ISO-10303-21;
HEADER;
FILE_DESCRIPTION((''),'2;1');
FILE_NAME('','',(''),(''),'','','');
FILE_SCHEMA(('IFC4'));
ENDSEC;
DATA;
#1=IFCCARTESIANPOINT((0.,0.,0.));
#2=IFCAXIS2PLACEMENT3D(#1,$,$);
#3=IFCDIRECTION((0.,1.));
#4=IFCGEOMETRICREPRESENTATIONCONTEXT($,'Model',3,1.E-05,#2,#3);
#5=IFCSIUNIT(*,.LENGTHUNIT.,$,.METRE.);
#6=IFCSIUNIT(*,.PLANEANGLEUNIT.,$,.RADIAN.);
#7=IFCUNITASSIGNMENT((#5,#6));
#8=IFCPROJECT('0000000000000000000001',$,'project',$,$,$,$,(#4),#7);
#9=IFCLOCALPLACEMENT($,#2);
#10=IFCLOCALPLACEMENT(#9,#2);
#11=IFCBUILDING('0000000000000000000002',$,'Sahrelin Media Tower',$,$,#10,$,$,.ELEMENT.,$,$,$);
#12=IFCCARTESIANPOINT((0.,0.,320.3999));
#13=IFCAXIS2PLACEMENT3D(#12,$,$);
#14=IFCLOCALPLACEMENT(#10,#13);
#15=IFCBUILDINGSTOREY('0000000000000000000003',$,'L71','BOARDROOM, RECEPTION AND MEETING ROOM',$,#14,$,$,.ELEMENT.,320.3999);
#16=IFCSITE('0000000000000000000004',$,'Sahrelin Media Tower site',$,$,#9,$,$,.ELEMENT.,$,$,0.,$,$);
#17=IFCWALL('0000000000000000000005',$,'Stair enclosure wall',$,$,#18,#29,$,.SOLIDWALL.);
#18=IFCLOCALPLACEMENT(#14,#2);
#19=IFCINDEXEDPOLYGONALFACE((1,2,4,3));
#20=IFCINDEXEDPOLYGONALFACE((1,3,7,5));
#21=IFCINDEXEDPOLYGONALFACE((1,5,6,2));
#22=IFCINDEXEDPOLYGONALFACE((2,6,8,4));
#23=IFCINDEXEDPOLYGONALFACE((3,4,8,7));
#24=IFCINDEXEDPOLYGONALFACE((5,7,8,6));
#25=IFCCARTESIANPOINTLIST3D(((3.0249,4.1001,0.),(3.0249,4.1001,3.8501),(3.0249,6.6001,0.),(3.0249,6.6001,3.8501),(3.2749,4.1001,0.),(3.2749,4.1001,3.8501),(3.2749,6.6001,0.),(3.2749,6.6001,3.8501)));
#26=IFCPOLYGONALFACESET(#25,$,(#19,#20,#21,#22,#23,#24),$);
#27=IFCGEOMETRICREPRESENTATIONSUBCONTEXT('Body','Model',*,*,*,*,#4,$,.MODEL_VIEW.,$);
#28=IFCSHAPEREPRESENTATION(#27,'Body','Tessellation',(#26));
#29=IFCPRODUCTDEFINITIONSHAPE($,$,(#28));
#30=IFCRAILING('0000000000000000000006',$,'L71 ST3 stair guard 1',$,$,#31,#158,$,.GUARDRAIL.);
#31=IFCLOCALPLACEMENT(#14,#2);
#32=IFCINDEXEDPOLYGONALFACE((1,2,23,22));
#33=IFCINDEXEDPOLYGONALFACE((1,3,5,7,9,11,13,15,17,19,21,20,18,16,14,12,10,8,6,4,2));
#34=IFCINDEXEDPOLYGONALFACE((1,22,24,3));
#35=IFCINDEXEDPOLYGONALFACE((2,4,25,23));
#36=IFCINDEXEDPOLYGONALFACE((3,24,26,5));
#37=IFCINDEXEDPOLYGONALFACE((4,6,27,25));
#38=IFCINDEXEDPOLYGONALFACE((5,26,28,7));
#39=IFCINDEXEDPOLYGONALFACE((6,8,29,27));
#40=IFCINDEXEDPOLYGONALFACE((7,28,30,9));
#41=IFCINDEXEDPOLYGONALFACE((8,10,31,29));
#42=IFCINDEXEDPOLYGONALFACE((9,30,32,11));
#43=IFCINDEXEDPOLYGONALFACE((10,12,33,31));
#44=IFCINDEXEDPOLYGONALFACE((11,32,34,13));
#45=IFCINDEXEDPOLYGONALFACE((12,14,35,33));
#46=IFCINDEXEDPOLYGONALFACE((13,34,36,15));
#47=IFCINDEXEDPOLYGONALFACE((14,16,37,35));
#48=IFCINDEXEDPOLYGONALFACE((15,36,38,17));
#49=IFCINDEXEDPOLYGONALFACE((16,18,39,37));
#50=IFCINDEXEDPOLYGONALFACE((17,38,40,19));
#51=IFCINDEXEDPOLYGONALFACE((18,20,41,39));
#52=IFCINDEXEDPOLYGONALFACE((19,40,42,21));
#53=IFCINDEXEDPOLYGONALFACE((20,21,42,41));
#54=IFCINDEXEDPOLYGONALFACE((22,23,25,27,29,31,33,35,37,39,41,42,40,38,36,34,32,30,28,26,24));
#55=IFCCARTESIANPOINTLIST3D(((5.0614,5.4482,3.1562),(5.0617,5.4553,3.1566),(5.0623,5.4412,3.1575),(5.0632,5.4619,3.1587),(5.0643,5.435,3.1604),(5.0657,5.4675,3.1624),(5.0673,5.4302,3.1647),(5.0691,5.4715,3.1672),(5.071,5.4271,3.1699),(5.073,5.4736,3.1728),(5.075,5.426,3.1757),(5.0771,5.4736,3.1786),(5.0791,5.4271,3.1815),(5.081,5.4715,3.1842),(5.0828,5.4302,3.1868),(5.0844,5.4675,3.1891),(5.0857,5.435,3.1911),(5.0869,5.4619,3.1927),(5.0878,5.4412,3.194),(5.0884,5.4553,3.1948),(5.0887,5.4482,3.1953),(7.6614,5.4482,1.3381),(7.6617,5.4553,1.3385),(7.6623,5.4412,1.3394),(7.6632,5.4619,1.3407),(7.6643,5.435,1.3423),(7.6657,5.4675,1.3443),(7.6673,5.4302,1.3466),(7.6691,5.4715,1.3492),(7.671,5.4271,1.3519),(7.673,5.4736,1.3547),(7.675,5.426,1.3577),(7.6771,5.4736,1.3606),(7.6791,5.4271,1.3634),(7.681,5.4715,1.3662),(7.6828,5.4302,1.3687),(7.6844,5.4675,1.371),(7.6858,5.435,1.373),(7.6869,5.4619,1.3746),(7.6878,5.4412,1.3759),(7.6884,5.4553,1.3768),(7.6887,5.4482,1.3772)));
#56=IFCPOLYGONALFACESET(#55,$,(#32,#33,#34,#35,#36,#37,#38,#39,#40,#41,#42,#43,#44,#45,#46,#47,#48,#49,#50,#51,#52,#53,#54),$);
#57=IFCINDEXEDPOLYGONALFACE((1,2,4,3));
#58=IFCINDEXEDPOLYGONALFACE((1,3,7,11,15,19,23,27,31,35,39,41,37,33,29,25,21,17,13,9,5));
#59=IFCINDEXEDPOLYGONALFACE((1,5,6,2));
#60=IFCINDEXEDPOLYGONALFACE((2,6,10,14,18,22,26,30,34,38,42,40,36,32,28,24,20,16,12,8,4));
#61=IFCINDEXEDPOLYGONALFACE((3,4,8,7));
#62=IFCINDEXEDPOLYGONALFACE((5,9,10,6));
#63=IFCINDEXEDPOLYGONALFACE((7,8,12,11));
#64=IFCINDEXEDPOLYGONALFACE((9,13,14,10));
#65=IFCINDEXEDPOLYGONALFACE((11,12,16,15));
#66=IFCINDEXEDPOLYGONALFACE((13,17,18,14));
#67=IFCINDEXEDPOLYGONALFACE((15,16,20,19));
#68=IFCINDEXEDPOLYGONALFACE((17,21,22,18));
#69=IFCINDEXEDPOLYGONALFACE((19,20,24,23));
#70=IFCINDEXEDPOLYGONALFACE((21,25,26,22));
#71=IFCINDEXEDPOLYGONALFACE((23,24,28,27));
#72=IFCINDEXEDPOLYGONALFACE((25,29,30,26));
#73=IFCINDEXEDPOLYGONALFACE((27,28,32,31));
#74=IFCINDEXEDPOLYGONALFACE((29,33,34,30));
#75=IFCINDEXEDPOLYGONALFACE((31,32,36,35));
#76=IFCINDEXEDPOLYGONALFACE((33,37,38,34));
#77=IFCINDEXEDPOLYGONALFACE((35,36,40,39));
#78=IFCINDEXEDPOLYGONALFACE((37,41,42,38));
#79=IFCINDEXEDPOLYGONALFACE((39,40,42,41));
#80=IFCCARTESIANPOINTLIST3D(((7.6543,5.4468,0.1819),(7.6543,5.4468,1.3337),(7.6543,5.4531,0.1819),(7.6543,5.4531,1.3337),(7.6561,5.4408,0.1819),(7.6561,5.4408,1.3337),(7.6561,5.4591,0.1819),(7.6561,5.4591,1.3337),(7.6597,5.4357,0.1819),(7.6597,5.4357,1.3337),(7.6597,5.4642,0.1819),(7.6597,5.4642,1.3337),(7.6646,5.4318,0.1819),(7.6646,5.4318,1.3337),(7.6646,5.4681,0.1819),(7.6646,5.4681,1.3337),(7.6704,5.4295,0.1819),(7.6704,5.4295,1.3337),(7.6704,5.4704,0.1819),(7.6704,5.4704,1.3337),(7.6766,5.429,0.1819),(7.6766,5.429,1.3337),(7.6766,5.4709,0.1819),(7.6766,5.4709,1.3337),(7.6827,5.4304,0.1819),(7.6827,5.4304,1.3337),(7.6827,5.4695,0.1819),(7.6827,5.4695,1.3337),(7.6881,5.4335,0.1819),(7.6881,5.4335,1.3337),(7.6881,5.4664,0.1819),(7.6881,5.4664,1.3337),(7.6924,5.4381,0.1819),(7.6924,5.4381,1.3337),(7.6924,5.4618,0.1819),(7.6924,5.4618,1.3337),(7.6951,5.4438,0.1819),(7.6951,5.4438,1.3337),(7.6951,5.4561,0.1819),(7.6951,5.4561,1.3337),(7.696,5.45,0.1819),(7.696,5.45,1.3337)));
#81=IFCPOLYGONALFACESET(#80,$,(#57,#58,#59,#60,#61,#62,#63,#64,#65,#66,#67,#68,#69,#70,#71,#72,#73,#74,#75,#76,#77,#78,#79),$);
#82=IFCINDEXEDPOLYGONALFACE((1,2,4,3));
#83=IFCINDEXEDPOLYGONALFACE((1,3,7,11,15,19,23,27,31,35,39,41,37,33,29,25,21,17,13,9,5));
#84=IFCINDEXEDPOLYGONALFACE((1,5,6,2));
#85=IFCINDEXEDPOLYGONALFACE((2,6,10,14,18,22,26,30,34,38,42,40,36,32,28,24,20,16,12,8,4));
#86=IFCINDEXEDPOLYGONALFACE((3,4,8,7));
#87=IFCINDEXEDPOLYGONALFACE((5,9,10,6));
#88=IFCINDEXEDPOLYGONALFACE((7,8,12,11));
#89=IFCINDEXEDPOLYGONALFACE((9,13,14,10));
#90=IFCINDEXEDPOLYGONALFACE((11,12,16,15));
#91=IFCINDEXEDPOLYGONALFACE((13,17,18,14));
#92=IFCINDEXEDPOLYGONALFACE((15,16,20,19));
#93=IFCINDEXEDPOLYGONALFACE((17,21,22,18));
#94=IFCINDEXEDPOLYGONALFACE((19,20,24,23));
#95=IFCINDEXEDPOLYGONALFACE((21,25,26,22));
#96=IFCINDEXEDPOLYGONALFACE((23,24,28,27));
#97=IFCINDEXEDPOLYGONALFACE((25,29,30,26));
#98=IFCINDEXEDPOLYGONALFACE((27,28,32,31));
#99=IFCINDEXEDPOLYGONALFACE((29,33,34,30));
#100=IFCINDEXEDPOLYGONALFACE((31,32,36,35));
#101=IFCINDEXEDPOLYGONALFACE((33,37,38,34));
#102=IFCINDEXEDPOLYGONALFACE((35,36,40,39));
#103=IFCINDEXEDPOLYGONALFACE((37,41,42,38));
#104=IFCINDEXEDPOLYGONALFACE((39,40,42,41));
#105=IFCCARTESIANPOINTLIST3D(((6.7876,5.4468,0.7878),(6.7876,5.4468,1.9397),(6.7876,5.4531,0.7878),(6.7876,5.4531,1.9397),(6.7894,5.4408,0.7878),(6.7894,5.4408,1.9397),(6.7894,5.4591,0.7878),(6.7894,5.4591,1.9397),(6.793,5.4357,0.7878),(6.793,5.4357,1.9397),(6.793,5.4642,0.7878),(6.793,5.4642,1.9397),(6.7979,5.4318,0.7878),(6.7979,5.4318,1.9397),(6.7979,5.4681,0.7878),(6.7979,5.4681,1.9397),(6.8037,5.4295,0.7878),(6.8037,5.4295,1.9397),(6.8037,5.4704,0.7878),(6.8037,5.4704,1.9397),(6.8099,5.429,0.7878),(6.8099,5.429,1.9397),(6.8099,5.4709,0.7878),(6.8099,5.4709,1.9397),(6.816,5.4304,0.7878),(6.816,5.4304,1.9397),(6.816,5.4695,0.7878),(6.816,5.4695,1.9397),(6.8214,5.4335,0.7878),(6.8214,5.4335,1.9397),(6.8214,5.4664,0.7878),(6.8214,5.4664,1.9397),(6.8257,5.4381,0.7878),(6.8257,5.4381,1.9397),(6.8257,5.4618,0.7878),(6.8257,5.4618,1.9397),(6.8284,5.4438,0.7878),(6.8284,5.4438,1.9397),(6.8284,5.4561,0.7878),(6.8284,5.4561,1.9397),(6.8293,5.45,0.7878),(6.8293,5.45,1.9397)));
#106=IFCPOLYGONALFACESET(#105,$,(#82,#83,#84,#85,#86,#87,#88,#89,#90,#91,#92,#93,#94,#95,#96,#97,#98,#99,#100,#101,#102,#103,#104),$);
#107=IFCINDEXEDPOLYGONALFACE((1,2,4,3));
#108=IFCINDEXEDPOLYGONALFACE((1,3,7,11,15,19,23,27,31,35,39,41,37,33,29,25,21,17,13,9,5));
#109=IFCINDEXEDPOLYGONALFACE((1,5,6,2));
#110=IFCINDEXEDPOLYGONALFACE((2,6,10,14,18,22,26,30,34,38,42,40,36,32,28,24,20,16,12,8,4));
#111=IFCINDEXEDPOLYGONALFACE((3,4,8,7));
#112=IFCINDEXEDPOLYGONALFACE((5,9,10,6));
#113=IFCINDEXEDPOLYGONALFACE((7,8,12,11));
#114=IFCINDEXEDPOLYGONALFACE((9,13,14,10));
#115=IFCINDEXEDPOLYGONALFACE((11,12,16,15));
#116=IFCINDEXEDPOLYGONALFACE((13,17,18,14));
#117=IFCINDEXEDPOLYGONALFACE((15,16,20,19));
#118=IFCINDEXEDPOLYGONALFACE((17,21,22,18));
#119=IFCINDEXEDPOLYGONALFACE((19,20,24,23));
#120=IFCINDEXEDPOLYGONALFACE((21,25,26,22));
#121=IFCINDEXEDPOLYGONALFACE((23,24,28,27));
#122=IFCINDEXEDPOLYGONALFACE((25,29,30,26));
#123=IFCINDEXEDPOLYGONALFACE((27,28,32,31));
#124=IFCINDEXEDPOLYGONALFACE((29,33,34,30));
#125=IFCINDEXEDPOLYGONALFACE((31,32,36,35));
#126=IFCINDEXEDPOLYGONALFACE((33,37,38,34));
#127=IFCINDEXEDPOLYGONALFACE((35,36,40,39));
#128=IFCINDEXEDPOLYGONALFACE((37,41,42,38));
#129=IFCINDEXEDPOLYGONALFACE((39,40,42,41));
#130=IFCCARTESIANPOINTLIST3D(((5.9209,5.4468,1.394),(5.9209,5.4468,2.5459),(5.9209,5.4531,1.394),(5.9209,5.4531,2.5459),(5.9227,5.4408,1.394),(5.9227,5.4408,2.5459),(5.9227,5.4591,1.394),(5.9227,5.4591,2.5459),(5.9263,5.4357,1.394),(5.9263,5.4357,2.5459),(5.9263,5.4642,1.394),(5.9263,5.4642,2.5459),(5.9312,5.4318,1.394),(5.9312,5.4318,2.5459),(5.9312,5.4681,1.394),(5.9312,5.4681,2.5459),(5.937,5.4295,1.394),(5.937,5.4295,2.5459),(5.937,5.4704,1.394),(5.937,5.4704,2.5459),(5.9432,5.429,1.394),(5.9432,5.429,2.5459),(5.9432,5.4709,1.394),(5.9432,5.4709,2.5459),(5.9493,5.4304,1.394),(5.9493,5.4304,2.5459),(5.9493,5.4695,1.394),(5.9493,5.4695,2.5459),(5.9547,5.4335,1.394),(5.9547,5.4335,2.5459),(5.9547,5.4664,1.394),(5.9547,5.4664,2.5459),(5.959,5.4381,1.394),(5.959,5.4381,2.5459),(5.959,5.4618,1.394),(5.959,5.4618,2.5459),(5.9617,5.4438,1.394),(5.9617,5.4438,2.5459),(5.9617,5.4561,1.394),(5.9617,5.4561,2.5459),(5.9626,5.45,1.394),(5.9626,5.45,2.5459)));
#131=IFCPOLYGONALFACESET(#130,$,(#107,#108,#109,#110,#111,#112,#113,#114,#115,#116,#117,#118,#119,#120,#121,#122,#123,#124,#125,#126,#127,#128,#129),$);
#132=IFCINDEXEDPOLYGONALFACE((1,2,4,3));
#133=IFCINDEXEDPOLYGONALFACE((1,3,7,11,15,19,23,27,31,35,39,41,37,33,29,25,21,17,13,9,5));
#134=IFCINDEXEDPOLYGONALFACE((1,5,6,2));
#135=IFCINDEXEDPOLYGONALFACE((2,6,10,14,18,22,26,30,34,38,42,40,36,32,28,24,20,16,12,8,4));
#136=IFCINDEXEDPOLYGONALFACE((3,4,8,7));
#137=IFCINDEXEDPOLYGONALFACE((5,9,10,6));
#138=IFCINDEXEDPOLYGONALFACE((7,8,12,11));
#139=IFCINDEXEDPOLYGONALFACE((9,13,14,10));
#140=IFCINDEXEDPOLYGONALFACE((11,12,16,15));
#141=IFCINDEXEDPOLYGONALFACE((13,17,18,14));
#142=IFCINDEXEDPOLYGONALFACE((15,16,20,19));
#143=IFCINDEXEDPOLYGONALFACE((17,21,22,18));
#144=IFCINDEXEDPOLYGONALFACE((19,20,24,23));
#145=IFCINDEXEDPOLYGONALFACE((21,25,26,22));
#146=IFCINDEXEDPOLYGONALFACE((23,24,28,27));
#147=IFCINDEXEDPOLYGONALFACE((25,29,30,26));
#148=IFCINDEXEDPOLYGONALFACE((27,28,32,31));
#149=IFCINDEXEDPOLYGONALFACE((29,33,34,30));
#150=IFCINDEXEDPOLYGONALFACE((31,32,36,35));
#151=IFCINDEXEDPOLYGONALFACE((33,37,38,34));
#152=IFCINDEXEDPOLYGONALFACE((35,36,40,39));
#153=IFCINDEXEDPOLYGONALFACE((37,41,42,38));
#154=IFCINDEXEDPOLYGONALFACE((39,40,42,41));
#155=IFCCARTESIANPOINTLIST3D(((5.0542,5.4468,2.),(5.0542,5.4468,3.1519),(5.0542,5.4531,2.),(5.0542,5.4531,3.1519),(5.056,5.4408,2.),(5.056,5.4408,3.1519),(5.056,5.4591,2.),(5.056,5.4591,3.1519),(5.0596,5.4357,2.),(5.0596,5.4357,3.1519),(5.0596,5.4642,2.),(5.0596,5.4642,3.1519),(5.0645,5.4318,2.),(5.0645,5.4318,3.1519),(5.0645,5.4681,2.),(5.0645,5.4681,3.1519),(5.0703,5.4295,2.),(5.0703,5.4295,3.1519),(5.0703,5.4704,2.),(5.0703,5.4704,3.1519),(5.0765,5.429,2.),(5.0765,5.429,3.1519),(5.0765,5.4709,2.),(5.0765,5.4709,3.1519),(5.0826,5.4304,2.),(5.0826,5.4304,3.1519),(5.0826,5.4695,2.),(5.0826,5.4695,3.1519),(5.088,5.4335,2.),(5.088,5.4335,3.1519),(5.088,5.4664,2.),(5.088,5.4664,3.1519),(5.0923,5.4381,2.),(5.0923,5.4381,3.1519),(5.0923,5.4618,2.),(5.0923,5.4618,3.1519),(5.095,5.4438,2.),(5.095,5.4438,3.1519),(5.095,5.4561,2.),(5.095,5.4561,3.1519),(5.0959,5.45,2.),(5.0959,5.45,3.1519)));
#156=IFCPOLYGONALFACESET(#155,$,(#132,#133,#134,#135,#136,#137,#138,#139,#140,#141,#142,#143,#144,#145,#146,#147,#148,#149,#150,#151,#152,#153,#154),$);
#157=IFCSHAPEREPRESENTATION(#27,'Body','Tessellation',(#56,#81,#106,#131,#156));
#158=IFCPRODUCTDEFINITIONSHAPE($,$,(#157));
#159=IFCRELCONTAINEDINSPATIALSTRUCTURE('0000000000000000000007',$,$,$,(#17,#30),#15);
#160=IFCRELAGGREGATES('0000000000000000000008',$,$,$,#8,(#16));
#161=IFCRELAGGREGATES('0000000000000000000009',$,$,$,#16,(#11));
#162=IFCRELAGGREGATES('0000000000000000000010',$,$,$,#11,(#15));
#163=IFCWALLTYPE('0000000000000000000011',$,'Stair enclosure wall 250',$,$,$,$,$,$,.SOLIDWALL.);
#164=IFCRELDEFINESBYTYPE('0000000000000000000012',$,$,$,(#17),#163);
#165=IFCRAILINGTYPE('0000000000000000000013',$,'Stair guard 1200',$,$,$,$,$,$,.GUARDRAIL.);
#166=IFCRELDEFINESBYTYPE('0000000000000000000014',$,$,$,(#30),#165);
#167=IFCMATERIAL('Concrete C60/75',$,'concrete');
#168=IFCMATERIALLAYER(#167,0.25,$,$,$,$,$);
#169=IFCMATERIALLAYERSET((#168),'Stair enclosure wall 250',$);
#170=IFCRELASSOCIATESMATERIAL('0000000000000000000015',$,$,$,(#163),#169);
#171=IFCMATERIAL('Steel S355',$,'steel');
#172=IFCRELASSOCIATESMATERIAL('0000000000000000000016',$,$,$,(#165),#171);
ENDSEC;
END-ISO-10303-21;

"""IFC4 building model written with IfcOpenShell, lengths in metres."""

from ifc_helpers import new_model, si_unit, direction, frame, frame_2d, origin, origin_2d, place, context, subcontext, project, spatial, rectangle, circle, extrude, material, layer, layer_set, type_object, element, save


model = new_model("IFC4")

# Units and contexts
model_context = context("Model", 3, precision=1e-05, world=origin(), true_north=direction((0.0, 1.0)))
body_context = subcontext(model_context, "Body", "Model", "MODEL_VIEW")
ifc_project = project(units=[si_unit("LENGTHUNIT", "METRE"), si_unit("PLANEANGLEUNIT", "RADIAN")], contexts=[model_context])

# Site, building, storey
site_placement = place(None, origin())
site = spatial("IfcSite", under=ifc_project, at=site_placement, Name="Sahrelin Media Tower site", CompositionType="ELEMENT", RefElevation=0.0)
building_placement = place(site_placement, origin())
building = spatial("IfcBuilding", under=site, at=building_placement, Name="Sahrelin Media Tower", CompositionType="ELEMENT")
storey_placement = place(building_placement, frame((0.0, 0.0, 320.3999)))
storey = spatial("IfcBuildingStorey", under=building, at=storey_placement, Name="L71", Description="BOARDROOM, RECEPTION AND MEETING ROOM", CompositionType="ELEMENT", Elevation=320.3999)

# Shared definitions
ifc_material_1 = material(Name="Steel S355", Category="steel")

# Shared definitions
ifc_material_2 = material(Name="Concrete C60/75", Category="concrete")

# Shared definitions
ifc_layer_1 = layer(ifc_material_2, 0.25)
ifc_layer_set_1 = layer_set([ifc_layer_1], Name="Stair enclosure wall 250")
wall_type_1 = type_object("IfcWallType", Name="Stair enclosure wall 250", PredefinedType="SOLIDWALL", material=ifc_layer_set_1)

# Wall
wall_1_placement = place(storey_placement, frame((3.1499, 4.1001, 0.0), z_axis=(0.0, 0.0, 1.0), x_axis=(0.0, 1.0, 0.0)))
element("IfcWall", 1, at=wall_1_placement, inside=storey, type_object=wall_type_1, Name="Stair enclosure wall", PredefinedType="SOLIDWALL", context=body_context, shape_type="SweptSolid", body=[
    extrude(rectangle(XDim=2.5, YDim=0.25, at=frame_2d((1.25, 0.0))), origin(), (0.0, 0.0, 1.0), 3.8501),
])

# Railing
railing_type_1 = type_object("IfcRailingType", Name="Stair guard 1200", PredefinedType="GUARDRAIL", material=ifc_material_1)
railing_1_placement = place(storey_placement, frame((7.675, 5.45, 0.1819)))
element("IfcRailing", 2, at=railing_1_placement, inside=storey, type_object=railing_type_1, Name="L71 ST3 stair guard 1", PredefinedType="GUARDRAIL", context=body_context, shape_type="SweptSolid", body=[
    extrude(circle(Radius=0.0239, at=origin_2d()), frame((0.0, 0.0, 1.1758), z_axis=(-0.819521, 0.0, 0.573049), x_axis=(0.0, -1.0, 0.0)), (0.0, 0.0, 1.0), 3.1726),
    extrude(circle(Radius=0.021, at=origin_2d()), origin(), (0.0, 0.0, 1.0), 1.1519),
    extrude(circle(Radius=0.021, at=origin_2d()), frame((-0.8667, 0.0, 0.606)), (0.0, 0.0, 1.0), 1.1519),
    extrude(circle(Radius=0.021, at=origin_2d()), frame((-1.7334, 0.0, 1.2122)), (0.0, 0.0, 1.0), 1.1519),
    extrude(circle(Radius=0.021, at=origin_2d()), frame((-2.6001, 0.0, 1.8181)), (0.0, 0.0, 1.0), 1.1519),
])

save(model, "model.ifc")
